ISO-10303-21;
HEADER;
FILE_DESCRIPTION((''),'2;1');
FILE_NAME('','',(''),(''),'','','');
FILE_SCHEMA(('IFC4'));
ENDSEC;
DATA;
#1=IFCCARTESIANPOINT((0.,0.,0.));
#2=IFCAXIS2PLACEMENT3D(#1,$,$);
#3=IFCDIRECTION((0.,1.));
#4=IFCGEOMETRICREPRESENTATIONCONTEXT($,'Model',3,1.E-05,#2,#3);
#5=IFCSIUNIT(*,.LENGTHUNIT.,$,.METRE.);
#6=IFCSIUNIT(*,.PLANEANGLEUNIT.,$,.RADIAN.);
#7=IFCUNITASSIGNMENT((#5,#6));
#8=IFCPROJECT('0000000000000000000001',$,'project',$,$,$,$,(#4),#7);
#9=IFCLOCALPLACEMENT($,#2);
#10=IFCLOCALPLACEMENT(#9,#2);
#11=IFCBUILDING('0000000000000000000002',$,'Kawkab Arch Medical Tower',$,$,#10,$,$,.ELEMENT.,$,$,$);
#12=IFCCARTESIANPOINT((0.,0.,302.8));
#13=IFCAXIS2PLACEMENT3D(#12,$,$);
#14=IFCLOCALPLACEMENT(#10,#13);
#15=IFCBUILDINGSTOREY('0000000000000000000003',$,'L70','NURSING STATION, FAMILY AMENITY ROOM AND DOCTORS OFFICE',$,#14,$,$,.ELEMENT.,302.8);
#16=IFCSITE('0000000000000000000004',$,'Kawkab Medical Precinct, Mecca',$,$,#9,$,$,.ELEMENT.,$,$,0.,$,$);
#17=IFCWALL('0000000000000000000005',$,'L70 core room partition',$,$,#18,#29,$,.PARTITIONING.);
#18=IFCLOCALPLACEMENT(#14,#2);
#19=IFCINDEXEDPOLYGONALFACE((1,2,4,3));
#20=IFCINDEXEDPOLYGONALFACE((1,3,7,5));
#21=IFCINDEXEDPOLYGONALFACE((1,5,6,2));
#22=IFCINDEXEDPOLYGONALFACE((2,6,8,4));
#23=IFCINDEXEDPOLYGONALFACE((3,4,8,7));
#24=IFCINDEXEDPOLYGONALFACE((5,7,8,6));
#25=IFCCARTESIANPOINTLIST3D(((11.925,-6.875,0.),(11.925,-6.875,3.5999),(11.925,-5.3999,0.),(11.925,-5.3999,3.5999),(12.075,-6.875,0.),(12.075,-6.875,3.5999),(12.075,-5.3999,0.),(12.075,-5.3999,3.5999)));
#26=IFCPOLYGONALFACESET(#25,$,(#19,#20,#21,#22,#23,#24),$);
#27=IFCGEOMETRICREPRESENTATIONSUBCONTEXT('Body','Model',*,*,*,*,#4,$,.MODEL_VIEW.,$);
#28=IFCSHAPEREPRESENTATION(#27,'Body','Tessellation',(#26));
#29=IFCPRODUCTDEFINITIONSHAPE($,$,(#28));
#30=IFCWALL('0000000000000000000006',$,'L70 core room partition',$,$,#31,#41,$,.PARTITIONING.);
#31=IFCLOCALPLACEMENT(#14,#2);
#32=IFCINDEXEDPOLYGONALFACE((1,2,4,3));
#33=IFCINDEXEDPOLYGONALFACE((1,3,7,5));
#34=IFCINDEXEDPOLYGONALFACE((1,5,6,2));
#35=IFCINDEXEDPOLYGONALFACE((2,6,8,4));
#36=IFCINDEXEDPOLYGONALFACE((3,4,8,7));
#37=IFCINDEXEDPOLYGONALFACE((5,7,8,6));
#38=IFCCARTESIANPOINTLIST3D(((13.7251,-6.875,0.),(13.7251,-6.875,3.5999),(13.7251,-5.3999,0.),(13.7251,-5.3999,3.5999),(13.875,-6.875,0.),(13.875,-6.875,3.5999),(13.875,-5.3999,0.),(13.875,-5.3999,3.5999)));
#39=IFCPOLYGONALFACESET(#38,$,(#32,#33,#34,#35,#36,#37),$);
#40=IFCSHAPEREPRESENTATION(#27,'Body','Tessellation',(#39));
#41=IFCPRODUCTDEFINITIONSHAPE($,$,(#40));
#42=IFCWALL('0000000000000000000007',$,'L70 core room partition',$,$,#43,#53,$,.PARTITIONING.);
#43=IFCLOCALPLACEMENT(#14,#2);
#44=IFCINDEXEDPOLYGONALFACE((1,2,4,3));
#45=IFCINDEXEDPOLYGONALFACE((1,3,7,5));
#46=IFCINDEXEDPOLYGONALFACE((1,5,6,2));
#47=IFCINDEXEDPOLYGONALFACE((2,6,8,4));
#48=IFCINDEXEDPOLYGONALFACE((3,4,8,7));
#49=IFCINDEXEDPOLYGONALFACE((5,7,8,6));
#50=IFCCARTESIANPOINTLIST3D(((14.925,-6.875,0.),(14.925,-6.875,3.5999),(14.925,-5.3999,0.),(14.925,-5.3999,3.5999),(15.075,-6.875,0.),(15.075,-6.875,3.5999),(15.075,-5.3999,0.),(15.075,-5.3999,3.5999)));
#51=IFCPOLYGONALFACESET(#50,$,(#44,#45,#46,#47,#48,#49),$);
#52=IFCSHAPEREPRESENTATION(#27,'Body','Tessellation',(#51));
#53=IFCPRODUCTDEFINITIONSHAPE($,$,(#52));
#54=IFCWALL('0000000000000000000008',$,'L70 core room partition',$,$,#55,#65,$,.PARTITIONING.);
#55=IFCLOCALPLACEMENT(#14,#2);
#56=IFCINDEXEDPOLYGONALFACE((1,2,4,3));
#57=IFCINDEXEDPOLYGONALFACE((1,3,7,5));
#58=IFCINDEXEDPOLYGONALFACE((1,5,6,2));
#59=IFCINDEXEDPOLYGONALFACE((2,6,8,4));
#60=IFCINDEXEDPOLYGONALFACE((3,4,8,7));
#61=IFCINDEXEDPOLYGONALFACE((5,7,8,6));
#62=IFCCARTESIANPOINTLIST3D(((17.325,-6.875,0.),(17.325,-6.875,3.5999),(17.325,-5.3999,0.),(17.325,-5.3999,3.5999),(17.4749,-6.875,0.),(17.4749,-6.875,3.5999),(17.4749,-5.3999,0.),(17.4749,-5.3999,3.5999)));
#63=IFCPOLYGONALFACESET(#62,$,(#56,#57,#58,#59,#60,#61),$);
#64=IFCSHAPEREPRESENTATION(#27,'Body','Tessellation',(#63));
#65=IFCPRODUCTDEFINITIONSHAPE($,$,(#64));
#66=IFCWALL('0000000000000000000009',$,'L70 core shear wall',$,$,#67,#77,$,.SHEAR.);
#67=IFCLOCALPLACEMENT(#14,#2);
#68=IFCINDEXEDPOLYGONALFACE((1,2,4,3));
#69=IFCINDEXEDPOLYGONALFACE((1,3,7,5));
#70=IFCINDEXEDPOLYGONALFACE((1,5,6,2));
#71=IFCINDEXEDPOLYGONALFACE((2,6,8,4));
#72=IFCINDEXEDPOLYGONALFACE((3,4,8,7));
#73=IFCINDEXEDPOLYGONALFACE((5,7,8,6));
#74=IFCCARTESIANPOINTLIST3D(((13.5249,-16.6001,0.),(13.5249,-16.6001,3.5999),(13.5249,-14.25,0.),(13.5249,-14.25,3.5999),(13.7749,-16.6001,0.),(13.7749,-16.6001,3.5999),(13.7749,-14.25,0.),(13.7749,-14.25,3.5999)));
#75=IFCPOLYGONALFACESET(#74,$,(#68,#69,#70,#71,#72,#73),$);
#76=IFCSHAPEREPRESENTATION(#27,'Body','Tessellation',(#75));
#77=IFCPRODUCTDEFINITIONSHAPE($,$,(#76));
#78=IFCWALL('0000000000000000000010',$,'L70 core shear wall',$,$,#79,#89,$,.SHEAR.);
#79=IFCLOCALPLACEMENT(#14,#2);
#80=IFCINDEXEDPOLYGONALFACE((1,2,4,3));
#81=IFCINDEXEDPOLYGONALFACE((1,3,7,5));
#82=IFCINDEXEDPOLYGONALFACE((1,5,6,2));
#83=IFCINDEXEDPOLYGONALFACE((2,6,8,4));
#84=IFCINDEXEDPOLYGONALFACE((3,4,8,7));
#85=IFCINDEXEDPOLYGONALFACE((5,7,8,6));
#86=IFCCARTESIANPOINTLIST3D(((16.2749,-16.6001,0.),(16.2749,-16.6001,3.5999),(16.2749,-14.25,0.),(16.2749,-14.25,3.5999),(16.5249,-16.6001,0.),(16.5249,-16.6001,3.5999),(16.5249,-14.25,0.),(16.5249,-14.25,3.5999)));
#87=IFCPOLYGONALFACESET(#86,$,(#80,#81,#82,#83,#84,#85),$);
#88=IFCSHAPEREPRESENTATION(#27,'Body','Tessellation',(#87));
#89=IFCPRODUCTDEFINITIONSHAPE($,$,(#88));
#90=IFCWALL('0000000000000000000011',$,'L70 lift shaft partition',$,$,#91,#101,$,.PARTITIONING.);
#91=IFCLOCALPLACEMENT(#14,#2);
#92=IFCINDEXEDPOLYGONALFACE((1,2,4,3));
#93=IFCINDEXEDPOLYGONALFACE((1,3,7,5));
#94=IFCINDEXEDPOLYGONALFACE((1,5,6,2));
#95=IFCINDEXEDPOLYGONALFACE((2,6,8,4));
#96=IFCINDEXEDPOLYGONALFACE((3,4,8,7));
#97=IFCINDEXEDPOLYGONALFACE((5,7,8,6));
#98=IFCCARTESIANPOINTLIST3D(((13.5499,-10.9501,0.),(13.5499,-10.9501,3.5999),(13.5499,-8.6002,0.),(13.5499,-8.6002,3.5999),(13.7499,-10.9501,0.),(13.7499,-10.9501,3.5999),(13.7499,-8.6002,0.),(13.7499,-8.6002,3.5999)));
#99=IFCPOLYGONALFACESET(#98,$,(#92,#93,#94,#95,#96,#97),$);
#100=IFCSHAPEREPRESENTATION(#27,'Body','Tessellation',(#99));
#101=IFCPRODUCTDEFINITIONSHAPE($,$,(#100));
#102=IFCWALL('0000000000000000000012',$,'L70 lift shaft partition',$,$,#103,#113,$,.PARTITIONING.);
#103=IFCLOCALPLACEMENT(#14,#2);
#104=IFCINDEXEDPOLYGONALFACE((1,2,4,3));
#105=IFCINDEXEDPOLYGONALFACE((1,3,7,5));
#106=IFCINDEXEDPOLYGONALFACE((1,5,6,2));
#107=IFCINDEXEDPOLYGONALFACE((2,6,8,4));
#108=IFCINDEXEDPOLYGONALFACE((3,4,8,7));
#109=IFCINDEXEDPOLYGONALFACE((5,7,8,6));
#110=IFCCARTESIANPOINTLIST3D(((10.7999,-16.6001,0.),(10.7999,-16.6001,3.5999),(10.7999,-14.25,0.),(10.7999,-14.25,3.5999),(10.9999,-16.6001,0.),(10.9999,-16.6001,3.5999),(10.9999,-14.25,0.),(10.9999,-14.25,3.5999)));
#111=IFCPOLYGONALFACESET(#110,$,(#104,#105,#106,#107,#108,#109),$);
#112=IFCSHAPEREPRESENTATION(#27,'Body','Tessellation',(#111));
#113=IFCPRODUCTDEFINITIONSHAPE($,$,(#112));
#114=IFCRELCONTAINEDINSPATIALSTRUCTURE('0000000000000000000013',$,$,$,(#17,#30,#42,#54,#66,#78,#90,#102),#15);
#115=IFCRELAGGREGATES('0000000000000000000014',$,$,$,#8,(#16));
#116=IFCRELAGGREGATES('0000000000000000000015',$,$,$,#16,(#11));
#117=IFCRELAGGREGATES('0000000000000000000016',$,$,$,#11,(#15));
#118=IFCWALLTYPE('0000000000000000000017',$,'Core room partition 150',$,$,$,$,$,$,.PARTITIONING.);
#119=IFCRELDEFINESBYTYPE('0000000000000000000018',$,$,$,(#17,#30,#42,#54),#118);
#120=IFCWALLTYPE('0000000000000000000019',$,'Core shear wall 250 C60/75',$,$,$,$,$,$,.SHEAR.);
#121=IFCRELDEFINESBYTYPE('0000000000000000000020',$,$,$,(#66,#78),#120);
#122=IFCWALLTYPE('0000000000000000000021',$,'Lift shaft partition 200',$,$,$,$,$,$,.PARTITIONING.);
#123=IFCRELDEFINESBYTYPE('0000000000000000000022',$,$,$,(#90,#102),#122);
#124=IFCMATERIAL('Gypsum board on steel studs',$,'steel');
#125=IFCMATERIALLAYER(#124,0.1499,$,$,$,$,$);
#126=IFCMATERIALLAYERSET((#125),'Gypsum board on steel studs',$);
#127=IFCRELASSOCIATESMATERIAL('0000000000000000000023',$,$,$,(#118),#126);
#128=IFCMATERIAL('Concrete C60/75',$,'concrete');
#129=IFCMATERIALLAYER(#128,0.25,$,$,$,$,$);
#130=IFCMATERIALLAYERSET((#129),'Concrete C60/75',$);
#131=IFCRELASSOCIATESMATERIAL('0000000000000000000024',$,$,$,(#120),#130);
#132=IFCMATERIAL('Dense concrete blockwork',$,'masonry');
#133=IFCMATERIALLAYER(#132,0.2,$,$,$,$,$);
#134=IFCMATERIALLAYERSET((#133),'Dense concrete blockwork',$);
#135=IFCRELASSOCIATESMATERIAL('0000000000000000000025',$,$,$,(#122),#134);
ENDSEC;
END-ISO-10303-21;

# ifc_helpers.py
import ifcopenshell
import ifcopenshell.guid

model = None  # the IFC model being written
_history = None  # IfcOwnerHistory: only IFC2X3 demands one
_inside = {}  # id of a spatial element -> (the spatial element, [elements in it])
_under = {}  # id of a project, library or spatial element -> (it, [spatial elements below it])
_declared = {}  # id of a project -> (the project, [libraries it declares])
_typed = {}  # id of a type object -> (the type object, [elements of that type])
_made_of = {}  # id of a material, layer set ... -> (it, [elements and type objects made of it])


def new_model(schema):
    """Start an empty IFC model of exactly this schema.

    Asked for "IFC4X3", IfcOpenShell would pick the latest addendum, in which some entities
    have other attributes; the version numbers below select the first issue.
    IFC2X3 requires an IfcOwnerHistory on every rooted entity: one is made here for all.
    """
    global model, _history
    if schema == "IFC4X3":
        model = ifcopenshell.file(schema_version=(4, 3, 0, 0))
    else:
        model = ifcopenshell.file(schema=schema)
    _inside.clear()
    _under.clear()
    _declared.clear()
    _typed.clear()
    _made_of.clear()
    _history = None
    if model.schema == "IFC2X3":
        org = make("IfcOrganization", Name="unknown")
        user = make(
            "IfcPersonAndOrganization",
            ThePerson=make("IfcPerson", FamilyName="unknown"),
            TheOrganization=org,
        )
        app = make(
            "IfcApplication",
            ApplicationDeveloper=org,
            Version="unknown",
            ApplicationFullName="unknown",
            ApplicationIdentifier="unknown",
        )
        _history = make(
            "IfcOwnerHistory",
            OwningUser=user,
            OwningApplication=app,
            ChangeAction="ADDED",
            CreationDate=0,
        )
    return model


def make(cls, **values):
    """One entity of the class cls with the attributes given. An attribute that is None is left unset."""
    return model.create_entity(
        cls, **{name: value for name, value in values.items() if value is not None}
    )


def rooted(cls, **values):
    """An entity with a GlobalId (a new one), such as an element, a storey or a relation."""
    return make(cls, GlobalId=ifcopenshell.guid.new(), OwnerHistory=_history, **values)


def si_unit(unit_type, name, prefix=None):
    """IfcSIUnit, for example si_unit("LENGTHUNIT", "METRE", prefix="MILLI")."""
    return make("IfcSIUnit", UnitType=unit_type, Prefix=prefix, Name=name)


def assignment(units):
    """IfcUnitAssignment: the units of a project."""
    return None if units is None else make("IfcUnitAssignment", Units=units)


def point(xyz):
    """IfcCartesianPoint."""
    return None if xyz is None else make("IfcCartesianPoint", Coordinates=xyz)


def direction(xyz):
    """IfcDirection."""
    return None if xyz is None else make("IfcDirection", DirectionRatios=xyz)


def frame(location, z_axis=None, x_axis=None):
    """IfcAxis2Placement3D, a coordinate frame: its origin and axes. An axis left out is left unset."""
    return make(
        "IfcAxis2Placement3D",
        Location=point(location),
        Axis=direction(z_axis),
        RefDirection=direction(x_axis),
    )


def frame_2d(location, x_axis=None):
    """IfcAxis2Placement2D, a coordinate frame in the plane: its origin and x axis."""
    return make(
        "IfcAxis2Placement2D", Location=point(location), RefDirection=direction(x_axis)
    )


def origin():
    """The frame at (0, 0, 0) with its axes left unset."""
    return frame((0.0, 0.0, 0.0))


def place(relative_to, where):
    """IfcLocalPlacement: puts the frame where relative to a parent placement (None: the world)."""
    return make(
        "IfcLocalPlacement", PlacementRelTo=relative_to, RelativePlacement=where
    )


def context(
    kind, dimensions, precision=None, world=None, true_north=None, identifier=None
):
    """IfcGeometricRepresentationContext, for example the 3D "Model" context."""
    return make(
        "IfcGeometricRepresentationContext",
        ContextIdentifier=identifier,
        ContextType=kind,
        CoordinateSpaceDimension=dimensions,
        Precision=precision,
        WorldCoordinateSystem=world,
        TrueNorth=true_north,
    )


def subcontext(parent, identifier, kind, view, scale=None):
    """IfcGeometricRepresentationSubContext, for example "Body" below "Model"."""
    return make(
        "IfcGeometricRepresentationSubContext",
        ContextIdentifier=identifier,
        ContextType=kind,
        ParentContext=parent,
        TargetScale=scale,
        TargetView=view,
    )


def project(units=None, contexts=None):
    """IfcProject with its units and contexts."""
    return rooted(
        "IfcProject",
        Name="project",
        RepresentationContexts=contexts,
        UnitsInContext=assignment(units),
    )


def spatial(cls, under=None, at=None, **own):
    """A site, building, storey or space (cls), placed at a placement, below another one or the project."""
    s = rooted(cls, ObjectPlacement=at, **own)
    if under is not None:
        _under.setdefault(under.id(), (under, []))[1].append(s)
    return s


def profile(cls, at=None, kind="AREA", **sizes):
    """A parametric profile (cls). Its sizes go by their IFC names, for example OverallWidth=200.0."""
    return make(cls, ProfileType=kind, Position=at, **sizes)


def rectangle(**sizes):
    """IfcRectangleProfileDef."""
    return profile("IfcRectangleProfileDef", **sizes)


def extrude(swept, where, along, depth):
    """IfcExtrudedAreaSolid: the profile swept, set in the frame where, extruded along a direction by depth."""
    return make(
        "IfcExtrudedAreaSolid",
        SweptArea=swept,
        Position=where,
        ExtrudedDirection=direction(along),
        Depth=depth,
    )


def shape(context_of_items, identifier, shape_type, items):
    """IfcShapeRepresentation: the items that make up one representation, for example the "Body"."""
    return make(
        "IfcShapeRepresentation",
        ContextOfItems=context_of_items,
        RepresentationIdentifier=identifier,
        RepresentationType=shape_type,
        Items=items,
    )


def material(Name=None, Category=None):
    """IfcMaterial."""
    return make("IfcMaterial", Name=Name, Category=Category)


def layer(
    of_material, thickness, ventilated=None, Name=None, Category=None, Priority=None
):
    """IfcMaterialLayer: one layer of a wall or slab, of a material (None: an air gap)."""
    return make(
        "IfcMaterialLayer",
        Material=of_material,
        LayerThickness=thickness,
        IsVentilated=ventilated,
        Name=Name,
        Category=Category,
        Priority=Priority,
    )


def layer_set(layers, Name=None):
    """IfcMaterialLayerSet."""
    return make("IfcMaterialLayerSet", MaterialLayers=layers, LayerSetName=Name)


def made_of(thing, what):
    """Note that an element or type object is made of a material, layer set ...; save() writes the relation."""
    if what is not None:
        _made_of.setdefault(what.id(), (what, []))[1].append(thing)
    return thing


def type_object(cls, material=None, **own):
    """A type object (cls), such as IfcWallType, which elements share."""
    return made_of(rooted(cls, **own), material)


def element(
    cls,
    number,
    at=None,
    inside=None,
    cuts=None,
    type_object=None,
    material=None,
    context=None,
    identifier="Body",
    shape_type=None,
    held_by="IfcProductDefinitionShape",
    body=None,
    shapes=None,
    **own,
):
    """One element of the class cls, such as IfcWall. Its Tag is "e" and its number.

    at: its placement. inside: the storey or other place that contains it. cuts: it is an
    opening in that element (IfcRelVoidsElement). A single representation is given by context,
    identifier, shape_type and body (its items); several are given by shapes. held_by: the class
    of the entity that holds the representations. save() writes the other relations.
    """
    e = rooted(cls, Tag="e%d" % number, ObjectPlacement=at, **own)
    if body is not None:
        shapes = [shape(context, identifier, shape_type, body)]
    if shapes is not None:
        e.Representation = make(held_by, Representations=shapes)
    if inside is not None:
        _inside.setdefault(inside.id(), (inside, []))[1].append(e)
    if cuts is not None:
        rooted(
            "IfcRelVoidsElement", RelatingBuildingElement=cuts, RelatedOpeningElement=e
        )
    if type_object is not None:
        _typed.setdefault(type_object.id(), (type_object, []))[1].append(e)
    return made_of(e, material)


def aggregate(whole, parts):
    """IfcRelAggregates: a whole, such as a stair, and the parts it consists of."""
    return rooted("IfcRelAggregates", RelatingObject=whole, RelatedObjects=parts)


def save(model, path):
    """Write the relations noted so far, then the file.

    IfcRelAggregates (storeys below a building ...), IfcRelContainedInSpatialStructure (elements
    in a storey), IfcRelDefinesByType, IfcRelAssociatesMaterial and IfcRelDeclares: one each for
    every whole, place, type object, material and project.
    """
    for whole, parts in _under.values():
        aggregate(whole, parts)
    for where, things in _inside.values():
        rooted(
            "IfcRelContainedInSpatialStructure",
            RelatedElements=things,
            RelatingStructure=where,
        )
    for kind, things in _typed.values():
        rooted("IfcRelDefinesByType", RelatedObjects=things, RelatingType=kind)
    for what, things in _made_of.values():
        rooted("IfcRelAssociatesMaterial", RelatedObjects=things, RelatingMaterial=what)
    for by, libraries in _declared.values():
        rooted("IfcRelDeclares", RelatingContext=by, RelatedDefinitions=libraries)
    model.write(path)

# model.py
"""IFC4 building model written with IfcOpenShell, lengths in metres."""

from ifc_helpers import new_model, si_unit, direction, frame, frame_2d, origin, place, context, subcontext, project, spatial, rectangle, extrude, material, layer, layer_set, type_object, element, save


model = new_model("IFC4")

# Units and contexts
model_context = context("Model", 3, precision=1e-05, world=origin(), true_north=direction((0.0, 1.0)))
body_context = subcontext(model_context, "Body", "Model", "MODEL_VIEW")
ifc_project = project(units=[si_unit("LENGTHUNIT", "METRE"), si_unit("PLANEANGLEUNIT", "RADIAN")], contexts=[model_context])

# Site, building, storey
site_placement = place(None, origin())
site = spatial("IfcSite", under=ifc_project, at=site_placement, Name="Kawkab Medical Precinct, Mecca", CompositionType="ELEMENT", RefElevation=0.0)
building_placement = place(site_placement, origin())
building = spatial("IfcBuilding", under=site, at=building_placement, Name="Kawkab Arch Medical Tower", CompositionType="ELEMENT")
storey_placement = place(building_placement, frame((0.0, 0.0, 302.8)))
storey = spatial("IfcBuildingStorey", under=building, at=storey_placement, Name="L70", Description="NURSING STATION, FAMILY AMENITY ROOM AND DOCTORS OFFICE", CompositionType="ELEMENT", Elevation=302.8)

# Shared definitions
ifc_material_1 = material(Name="Gypsum board on steel studs", Category="steel")
ifc_layer_1 = layer(ifc_material_1, 0.1499)
ifc_layer_set_1 = layer_set([ifc_layer_1], Name="Gypsum board on steel studs")
wall_type_1 = type_object("IfcWallType", Name="Core room partition 150", PredefinedType="PARTITIONING", material=ifc_layer_set_1)

# Walls
for number, where, z_axis, x_axis, name in (
    (1, (12.0, -6.875, 0.0), (0.0, 0.0, 1.0), (0.0, 1.0, 0.0), "L70 core room partition"),
    (2, (13.8, -6.875, 0.0), (0.0, 0.0, 1.0), (0.0, 1.0, 0.0), "L70 core room partition"),
    (3, (15.0, -6.875, 0.0), (0.0, 0.0, 1.0), (0.0, 1.0, 0.0), "L70 core room partition"),
    (4, (17.3999, -6.875, 0.0), (0.0, 0.0, 1.0), (0.0, 1.0, 0.0), "L70 core room partition"),
):
    element("IfcWall", number, at=place(storey_placement, frame(where, z_axis=z_axis, x_axis=x_axis)), inside=storey, type_object=wall_type_1, Name=name, PredefinedType="PARTITIONING", context=body_context, shape_type="SweptSolid", body=[
        extrude(rectangle(XDim=1.4751, YDim=0.1499, at=frame_2d((0.7375, 0.0))), origin(), (0.0, 0.0, 1.0), 3.5999),
    ])
ifc_material_2 = material(Name="Concrete C60/75", Category="concrete")
ifc_layer_2 = layer(ifc_material_2, 0.25)
ifc_layer_set_2 = layer_set([ifc_layer_2], Name="Concrete C60/75")
wall_type_2 = type_object("IfcWallType", Name="Core shear wall 250 C60/75", PredefinedType="SHEAR", material=ifc_layer_set_2)
for number, where, z_axis, x_axis, name in (
    (5, (13.6499, -16.6001, 0.0), (0.0, 0.0, 1.0), (0.0, 1.0, 0.0), "L70 core shear wall"),
    (6, (16.3999, -16.6001, 0.0), (0.0, 0.0, 1.0), (0.0, 1.0, 0.0), "L70 core shear wall"),
):
    element("IfcWall", number, at=place(storey_placement, frame(where, z_axis=z_axis, x_axis=x_axis)), inside=storey, type_object=wall_type_2, Name=name, PredefinedType="SHEAR", context=body_context, shape_type="SweptSolid", body=[
        extrude(rectangle(XDim=2.3501, YDim=0.25, at=frame_2d((1.175, 0.0))), origin(), (0.0, 0.0, 1.0), 3.5999),
    ])
ifc_material_3 = material(Name="Dense concrete blockwork", Category="masonry")
ifc_layer_3 = layer(ifc_material_3, 0.2)
ifc_layer_set_3 = layer_set([ifc_layer_3], Name="Dense concrete blockwork")
wall_type_3 = type_object("IfcWallType", Name="Lift shaft partition 200", PredefinedType="PARTITIONING", material=ifc_layer_set_3)
wall_1_placement = place(storey_placement, frame((13.6499, -10.95, 0.0), z_axis=(0.0, 0.0, 1.0), x_axis=(0.0, 1.0, 0.0)))
element("IfcWall", 7, at=wall_1_placement, inside=storey, type_object=wall_type_3, Name="L70 lift shaft partition", PredefinedType="PARTITIONING", context=body_context, shape_type="SweptSolid", body=[
    extrude(rectangle(XDim=2.3499, YDim=0.2, at=frame_2d((1.1748, 0.0))), origin(), (0.0, 0.0, 1.0), 3.5999),
])
wall_2_placement = place(storey_placement, frame((10.8999, -16.6001, 0.0), z_axis=(0.0, 0.0, 1.0), x_axis=(0.0, 1.0, 0.0)))
element("IfcWall", 8, at=wall_2_placement, inside=storey, type_object=wall_type_3, Name="L70 lift shaft partition", PredefinedType="PARTITIONING", context=body_context, shape_type="SweptSolid", body=[
    extrude(rectangle(XDim=2.3501, YDim=0.2, at=frame_2d((1.175, 0.0))), origin(), (0.0, 0.0, 1.0), 3.5999),
])

save(model, "model.ifc")
